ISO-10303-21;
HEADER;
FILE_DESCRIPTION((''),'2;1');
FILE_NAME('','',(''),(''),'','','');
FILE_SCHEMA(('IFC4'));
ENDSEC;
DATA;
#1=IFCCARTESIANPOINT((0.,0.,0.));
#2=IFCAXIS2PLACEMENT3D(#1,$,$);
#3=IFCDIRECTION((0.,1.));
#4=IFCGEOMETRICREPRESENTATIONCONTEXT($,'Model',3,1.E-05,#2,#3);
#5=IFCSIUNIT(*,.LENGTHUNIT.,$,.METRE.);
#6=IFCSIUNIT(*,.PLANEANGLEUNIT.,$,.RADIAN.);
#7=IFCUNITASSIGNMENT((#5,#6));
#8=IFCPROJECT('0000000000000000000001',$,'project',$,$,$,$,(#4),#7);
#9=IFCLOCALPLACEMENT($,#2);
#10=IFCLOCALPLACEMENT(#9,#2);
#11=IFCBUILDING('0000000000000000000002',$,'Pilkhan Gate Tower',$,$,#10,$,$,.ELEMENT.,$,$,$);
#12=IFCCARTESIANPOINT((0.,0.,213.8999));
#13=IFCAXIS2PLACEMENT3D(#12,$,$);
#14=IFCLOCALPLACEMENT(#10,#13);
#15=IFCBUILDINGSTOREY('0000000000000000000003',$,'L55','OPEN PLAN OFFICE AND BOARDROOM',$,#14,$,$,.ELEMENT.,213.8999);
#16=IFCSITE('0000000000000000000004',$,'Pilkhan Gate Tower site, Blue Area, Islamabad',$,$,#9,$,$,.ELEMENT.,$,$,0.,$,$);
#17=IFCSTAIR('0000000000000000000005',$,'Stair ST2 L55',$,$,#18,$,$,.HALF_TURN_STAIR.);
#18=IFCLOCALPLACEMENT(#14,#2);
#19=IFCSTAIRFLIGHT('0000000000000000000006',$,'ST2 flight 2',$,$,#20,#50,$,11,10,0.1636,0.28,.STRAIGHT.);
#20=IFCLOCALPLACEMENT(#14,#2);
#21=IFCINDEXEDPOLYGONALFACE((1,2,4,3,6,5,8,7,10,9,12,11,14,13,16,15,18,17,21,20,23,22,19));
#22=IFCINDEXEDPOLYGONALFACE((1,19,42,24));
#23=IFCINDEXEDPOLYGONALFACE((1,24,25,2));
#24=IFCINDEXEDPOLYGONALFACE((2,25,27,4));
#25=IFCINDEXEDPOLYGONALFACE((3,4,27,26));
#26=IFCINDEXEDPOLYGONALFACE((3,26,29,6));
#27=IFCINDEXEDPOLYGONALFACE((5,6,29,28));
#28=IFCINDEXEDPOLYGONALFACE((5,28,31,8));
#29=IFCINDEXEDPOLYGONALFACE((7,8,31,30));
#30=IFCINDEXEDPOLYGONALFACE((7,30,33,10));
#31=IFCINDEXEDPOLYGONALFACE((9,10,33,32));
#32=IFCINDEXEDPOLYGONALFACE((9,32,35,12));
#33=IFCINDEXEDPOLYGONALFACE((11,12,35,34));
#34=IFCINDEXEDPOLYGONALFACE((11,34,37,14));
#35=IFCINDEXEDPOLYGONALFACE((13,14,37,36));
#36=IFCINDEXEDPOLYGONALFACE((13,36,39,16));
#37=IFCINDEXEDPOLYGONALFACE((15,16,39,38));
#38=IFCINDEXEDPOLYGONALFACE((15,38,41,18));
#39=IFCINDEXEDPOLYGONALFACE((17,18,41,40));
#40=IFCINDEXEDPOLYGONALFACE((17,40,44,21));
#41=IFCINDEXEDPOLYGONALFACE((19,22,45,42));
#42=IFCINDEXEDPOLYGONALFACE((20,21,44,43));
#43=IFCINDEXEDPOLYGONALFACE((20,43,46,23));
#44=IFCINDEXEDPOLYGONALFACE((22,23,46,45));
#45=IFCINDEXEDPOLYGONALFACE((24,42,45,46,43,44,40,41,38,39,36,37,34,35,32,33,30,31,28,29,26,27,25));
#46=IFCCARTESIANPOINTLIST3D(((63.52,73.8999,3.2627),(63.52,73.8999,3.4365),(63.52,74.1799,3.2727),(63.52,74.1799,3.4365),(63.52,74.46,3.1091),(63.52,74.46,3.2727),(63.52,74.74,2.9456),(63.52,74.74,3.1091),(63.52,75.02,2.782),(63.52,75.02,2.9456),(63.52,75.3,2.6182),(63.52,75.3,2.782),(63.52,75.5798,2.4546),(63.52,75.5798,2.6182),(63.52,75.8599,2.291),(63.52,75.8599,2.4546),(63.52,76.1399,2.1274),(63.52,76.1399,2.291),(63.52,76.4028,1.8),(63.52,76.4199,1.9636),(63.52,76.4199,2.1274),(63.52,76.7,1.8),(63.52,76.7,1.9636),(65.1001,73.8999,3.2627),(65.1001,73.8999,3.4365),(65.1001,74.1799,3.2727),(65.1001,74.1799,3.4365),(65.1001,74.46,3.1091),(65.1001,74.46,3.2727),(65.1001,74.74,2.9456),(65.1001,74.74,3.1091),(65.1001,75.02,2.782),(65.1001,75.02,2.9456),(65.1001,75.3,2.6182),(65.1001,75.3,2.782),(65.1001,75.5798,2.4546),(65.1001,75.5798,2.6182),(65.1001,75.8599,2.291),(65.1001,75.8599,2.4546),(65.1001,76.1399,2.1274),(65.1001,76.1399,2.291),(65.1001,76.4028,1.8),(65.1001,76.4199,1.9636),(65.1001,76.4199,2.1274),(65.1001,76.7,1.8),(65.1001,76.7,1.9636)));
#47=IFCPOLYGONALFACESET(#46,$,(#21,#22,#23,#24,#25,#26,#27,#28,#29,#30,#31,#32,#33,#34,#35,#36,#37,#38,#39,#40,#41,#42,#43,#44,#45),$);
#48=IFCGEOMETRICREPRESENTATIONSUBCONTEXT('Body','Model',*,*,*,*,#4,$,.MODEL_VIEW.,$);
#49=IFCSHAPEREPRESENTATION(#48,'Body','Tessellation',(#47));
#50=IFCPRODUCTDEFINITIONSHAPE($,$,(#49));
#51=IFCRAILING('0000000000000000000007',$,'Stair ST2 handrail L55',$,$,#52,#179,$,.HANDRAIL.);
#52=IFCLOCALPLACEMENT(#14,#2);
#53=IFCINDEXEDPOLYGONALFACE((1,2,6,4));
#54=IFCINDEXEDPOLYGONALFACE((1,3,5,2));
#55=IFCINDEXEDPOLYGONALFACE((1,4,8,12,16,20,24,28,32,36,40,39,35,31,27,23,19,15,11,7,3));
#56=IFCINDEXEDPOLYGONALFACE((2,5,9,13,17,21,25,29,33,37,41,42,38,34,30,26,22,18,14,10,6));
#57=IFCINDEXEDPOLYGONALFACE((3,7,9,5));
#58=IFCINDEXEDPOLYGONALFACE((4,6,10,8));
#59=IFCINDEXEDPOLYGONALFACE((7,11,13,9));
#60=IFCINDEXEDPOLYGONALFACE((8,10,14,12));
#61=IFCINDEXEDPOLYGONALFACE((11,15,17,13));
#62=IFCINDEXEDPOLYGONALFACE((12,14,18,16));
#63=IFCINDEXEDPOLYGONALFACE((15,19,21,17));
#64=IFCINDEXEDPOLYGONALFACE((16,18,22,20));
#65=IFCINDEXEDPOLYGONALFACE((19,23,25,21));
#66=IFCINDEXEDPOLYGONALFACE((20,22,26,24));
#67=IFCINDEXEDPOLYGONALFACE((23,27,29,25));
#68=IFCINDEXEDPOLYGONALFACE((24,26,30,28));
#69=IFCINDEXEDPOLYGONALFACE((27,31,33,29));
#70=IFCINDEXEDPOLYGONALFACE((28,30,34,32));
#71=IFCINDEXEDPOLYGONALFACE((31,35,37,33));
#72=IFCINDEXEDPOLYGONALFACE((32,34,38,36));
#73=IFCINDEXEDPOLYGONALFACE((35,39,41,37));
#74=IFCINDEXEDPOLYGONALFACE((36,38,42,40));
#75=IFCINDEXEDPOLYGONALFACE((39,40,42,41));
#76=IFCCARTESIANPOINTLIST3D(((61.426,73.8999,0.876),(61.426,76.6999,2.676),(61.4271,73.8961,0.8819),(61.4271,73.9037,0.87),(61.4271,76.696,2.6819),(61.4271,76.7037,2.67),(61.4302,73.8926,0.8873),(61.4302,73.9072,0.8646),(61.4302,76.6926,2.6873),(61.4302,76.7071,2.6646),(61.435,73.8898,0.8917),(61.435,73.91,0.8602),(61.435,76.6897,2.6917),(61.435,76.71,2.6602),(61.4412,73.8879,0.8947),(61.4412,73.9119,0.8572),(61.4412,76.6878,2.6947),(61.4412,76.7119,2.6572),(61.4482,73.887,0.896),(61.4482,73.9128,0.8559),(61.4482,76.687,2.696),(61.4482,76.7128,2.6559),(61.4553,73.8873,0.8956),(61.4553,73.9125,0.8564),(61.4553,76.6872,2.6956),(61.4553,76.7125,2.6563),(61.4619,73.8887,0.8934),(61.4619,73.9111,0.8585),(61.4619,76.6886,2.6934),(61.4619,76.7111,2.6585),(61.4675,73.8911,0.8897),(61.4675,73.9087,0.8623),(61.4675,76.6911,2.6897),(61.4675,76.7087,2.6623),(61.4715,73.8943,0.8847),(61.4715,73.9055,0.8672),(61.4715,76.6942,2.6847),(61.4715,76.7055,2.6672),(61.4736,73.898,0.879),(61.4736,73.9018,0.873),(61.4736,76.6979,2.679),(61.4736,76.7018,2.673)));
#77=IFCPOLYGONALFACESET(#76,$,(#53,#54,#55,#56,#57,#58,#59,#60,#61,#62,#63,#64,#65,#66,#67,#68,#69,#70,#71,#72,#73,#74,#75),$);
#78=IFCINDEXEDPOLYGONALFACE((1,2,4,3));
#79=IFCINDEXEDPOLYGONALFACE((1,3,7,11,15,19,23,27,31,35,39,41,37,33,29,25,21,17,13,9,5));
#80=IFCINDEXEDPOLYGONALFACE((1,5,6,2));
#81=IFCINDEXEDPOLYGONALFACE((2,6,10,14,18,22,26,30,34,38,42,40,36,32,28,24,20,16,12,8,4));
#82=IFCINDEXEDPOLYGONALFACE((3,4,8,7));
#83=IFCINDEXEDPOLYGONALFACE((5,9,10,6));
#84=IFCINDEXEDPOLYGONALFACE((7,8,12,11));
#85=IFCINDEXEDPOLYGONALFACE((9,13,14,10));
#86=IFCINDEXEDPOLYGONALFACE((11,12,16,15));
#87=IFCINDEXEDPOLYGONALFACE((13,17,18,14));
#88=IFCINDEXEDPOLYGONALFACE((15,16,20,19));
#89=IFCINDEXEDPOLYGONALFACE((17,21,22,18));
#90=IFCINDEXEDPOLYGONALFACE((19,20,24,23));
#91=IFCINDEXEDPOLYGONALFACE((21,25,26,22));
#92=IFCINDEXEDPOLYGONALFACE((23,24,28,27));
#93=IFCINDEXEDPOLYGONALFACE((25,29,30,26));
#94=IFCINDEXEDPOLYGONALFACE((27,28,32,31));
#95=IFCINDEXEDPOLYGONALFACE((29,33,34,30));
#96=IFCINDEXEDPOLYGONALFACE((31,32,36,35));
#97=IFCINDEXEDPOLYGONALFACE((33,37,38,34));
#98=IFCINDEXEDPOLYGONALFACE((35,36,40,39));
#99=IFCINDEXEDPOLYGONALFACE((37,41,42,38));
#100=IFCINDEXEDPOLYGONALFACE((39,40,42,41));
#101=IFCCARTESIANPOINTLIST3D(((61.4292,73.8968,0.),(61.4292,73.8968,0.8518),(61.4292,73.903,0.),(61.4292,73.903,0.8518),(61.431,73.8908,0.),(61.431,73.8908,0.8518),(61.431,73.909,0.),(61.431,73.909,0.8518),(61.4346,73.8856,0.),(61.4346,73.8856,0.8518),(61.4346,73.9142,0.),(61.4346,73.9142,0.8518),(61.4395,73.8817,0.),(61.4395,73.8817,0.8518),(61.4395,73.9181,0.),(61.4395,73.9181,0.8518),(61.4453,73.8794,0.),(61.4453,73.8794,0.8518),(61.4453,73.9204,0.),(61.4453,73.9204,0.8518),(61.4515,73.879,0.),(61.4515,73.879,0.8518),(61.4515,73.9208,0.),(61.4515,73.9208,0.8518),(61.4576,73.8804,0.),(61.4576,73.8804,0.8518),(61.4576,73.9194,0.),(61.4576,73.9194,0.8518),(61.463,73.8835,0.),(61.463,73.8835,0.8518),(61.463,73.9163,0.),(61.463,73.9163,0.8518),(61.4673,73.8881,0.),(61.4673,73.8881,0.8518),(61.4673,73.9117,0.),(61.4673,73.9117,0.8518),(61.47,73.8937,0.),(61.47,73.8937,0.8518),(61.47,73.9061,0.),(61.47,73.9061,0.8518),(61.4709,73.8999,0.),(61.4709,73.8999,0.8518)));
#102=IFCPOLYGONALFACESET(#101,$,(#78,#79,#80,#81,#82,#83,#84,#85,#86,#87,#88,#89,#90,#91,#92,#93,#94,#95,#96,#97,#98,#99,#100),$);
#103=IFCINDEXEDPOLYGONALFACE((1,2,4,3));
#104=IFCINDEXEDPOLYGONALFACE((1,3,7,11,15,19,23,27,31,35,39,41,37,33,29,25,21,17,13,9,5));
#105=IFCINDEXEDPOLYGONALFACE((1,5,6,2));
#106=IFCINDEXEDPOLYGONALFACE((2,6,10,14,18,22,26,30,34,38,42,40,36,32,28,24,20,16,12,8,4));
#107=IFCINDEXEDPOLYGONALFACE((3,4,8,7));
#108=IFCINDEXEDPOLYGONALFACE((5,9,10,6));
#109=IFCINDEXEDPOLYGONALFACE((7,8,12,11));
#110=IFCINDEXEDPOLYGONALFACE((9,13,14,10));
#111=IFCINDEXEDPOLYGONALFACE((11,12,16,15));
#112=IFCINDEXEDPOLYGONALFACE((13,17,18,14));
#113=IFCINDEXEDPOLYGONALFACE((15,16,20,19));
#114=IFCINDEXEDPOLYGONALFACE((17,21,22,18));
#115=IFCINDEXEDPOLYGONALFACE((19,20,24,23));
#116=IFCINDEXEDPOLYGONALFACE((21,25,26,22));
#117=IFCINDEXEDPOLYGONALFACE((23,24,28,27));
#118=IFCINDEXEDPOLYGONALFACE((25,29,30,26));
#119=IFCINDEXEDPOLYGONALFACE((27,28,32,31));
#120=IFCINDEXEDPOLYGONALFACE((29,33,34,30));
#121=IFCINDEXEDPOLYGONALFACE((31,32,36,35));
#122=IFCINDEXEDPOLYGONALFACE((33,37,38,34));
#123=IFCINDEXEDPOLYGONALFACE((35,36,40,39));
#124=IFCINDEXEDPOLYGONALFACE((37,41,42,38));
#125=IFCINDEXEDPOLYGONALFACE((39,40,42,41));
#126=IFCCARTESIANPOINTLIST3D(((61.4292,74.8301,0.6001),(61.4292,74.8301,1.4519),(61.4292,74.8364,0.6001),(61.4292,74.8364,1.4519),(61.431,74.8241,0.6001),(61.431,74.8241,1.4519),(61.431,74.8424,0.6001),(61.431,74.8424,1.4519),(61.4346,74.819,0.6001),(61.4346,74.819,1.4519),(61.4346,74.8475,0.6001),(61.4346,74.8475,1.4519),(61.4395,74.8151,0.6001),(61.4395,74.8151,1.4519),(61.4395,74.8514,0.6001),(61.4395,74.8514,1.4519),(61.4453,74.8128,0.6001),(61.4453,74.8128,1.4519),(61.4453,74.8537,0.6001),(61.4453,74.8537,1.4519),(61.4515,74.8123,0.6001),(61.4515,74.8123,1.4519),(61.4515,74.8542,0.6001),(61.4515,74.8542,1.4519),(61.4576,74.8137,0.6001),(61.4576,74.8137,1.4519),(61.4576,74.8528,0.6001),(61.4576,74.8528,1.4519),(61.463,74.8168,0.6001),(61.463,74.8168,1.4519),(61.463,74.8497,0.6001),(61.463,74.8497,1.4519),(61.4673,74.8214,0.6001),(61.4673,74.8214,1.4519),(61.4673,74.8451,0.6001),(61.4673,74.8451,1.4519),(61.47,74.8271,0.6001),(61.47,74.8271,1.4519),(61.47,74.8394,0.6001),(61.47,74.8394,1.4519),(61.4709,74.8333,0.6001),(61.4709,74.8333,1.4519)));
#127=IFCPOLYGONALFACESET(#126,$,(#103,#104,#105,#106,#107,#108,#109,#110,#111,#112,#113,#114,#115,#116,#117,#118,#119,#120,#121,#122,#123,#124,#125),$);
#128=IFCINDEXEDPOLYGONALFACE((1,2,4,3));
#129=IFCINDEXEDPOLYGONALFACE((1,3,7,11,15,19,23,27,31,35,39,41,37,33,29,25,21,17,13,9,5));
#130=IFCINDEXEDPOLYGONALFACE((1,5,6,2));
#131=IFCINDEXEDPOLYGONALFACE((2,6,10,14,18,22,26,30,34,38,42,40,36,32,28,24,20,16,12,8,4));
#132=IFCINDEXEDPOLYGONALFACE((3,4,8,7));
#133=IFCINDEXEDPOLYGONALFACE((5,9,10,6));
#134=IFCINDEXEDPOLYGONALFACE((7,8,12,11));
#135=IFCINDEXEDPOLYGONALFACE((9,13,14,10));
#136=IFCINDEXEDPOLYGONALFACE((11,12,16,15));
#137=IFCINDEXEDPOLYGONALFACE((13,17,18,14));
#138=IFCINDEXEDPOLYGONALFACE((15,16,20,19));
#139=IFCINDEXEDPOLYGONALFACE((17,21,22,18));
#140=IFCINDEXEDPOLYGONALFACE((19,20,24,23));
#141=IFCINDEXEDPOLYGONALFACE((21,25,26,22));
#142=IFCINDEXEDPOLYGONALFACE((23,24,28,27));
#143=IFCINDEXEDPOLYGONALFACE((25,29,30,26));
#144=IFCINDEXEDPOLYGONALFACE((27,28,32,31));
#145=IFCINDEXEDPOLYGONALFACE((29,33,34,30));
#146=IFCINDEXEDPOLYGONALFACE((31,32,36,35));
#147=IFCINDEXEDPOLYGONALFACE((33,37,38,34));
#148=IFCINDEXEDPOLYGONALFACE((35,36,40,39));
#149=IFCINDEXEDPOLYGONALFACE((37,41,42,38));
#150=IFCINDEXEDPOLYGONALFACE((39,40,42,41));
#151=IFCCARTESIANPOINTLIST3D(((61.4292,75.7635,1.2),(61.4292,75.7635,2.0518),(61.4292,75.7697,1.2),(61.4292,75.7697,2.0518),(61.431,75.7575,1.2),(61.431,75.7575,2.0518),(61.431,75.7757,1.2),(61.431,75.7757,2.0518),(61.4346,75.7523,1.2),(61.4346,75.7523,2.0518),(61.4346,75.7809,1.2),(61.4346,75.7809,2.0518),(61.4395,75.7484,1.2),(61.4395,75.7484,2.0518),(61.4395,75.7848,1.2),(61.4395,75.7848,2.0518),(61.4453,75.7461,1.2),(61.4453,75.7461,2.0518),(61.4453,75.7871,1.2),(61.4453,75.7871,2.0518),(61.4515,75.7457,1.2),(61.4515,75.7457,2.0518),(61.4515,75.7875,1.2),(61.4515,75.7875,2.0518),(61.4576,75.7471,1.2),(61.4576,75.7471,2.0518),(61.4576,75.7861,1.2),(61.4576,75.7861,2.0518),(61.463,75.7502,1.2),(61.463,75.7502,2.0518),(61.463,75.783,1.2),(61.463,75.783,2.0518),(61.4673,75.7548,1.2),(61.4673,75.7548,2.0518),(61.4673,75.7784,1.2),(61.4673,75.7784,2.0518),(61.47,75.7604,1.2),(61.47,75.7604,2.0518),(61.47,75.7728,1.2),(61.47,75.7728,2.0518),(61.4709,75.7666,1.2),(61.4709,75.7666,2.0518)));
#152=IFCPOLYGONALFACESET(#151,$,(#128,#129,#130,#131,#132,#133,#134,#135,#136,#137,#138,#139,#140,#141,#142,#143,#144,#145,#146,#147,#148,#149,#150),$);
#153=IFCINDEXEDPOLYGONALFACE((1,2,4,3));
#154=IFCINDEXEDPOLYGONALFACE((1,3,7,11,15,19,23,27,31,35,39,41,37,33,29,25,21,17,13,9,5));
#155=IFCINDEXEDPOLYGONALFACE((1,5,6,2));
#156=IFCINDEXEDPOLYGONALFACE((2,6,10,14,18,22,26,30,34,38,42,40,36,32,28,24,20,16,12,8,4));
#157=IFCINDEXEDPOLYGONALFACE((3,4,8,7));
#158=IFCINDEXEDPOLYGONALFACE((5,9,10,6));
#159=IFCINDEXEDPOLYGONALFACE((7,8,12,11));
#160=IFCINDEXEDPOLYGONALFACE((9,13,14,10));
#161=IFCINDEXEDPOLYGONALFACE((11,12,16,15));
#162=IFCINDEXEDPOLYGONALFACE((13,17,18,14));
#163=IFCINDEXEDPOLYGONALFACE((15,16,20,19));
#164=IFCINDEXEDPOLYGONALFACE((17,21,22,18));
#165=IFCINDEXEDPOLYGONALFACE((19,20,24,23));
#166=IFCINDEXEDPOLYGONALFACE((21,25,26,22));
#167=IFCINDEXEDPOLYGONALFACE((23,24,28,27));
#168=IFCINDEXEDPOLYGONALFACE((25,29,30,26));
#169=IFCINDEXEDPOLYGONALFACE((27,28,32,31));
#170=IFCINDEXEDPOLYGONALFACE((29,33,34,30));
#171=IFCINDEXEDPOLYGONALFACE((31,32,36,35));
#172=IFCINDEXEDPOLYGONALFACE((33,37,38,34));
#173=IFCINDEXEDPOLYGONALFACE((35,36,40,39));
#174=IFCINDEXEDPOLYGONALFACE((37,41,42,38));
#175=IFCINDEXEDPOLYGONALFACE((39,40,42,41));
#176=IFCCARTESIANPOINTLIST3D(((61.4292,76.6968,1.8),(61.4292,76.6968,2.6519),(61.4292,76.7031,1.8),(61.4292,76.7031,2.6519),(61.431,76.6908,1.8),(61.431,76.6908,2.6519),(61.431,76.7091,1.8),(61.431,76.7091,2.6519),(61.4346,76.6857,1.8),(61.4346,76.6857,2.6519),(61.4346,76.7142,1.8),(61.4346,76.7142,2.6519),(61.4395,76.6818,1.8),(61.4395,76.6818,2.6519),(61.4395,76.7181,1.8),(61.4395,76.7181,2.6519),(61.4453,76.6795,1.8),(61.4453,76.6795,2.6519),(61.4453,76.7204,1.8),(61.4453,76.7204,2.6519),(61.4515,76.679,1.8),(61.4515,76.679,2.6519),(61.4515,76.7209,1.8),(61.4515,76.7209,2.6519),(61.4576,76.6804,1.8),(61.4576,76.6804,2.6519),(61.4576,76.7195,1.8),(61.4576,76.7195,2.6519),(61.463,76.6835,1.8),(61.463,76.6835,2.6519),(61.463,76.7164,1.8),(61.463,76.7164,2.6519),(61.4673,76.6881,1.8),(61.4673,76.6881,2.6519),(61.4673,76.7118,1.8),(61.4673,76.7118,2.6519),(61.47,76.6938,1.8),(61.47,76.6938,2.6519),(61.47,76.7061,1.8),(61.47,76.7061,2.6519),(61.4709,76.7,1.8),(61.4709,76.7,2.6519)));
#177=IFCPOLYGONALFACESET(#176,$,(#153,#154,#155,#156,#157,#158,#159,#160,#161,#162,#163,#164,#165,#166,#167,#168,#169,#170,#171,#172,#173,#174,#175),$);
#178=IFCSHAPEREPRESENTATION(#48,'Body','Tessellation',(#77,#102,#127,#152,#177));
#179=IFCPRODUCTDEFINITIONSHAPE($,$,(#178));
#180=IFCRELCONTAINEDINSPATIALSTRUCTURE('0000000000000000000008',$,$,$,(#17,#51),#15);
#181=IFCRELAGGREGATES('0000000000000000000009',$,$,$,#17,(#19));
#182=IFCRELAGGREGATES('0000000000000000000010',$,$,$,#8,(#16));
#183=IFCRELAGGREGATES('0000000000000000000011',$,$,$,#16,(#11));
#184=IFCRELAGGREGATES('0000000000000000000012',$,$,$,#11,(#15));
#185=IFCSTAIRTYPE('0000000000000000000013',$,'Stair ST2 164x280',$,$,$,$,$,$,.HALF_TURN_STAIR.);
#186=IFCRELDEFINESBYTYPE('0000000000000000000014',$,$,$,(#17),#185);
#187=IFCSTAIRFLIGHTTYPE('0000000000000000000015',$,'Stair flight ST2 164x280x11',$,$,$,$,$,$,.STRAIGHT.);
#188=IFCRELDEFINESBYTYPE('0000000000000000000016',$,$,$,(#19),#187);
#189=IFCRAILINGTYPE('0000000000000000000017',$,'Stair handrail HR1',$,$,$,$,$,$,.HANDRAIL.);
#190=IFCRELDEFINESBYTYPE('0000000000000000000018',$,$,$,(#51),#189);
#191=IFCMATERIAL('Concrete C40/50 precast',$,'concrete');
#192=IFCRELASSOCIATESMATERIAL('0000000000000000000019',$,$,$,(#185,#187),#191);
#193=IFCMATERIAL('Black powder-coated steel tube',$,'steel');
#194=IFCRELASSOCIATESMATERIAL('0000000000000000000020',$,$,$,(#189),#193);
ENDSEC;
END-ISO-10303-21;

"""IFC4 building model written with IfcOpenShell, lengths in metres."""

from ifc_helpers import new_model, si_unit, direction, frame, origin, origin_2d, place, context, subcontext, project, spatial, polyline, circle, outline, extrude, material, type_object, element, aggregate, save


model = new_model("IFC4")

# Units and contexts
model_context = context("Model", 3, precision=1e-05, world=origin(), true_north=direction((0.0, 1.0)))
body_context = subcontext(model_context, "Body", "Model", "MODEL_VIEW")
ifc_project = project(units=[si_unit("LENGTHUNIT", "METRE"), si_unit("PLANEANGLEUNIT", "RADIAN")], contexts=[model_context])

# Site, building, storey
site_placement = place(None, origin())
site = spatial("IfcSite", under=ifc_project, at=site_placement, Name="Pilkhan Gate Tower site, Blue Area, Islamabad", CompositionType="ELEMENT", RefElevation=0.0)
building_placement = place(site_placement, origin())
building = spatial("IfcBuilding", under=site, at=building_placement, Name="Pilkhan Gate Tower", CompositionType="ELEMENT")
storey_placement = place(building_placement, frame((0.0, 0.0, 213.8999)))
storey = spatial("IfcBuildingStorey", under=building, at=storey_placement, Name="L55", Description="OPEN PLAN OFFICE AND BOARDROOM", CompositionType="ELEMENT", Elevation=213.8999)

# Stair, stair flight
ifc_material_1 = material(Name="Concrete C40/50 precast", Category="concrete")
stair_type = type_object("IfcStairType", Name="Stair ST2 164x280", PredefinedType="HALF_TURN_STAIR", material=ifc_material_1)
stair_placement = place(storey_placement, origin())
stair = element("IfcStair", 1, at=stair_placement, inside=storey, type_object=stair_type, Name="Stair ST2 L55", PredefinedType="HALF_TURN_STAIR")
stair_flight_type = type_object("IfcStairFlightType", Name="Stair flight ST2 164x280x11", PredefinedType="STRAIGHT", material=ifc_material_1)
stair_flight_1_placement = place(storey_placement, frame((64.3101, 76.7, 1.8), z_axis=(0.0, 0.0, 1.0), x_axis=(0.0, -1.0, 0.0)))
stair_flight_1 = element("IfcStairFlight", 2, at=stair_flight_1_placement, type_object=stair_flight_type, Name="ST2 flight 2", NumberOfRisers=11, NumberOfTreads=10, PredefinedType="STRAIGHT", RiserHeight=0.1636, TreadLength=0.28, context=body_context, shape_type="SweptSolid", body=[
    extrude(outline(polyline([(0.0, 0.0), (0.0, 0.1636), (0.28, 0.1636), (0.28, 0.3274), (0.5601, 0.3274), (0.5601, 0.491), (0.8401, 0.491), (0.8401, 0.6545), (1.1201, 0.6545), (1.1201, 0.8181), (1.3999, 0.8181), (1.3999, 0.9819), (1.6799, 0.9819), (1.6799, 1.1455), (1.96, 1.1455), (1.96, 1.3091), (2.24, 1.3091), (2.24, 1.4727), (2.52, 1.4727), (2.52, 1.6365), (2.8, 1.6365), (2.8, 1.8), (2.8, 1.4626), (0.2971, 0.0), (0.0, 0.0)])), frame((0.0, 0.79, 0.0), z_axis=(0.0, -1.0, 0.0), x_axis=(1.0, 0.0, 0.0)), (0.0, 0.0, 1.0), 1.5801),
])
aggregate(stair, [stair_flight_1])

# Railing
ifc_material_2 = material(Name="Black powder-coated steel tube", Category="steel")
railing_type_1 = type_object("IfcRailingType", Name="Stair handrail HR1", PredefinedType="HANDRAIL", material=ifc_material_2)
railing_1_placement = place(storey_placement, frame((61.45, 73.8999, 0.0)))
element("IfcRailing", 3, at=railing_1_placement, inside=storey, type_object=railing_type_1, Name="Stair ST2 handrail L55", PredefinedType="HANDRAIL", context=body_context, shape_type="SweptSolid", body=[
    extrude(circle(Radius=0.0239, at=origin_2d()), frame((0.0, 0.0, 0.876), z_axis=(0.0, 0.841176, 0.540761), x_axis=(-1.0, 0.0, 0.0)), (0.0, 0.0, 1.0), 3.3286),
    extrude(circle(Radius=0.021, at=origin_2d()), origin(), (0.0, 0.0, 1.0), 0.8518),
    extrude(circle(Radius=0.021, at=origin_2d()), frame((0.0, 0.9333, 0.6001)), (0.0, 0.0, 1.0), 0.8518),
    extrude(circle(Radius=0.021, at=origin_2d()), frame((0.0, 1.8667, 1.2)), (0.0, 0.0, 1.0), 0.8518),
    extrude(circle(Radius=0.021, at=origin_2d()), frame((0.0, 2.8, 1.8)), (0.0, 0.0, 1.0), 0.8518),
])

save(model, "model.ifc")
